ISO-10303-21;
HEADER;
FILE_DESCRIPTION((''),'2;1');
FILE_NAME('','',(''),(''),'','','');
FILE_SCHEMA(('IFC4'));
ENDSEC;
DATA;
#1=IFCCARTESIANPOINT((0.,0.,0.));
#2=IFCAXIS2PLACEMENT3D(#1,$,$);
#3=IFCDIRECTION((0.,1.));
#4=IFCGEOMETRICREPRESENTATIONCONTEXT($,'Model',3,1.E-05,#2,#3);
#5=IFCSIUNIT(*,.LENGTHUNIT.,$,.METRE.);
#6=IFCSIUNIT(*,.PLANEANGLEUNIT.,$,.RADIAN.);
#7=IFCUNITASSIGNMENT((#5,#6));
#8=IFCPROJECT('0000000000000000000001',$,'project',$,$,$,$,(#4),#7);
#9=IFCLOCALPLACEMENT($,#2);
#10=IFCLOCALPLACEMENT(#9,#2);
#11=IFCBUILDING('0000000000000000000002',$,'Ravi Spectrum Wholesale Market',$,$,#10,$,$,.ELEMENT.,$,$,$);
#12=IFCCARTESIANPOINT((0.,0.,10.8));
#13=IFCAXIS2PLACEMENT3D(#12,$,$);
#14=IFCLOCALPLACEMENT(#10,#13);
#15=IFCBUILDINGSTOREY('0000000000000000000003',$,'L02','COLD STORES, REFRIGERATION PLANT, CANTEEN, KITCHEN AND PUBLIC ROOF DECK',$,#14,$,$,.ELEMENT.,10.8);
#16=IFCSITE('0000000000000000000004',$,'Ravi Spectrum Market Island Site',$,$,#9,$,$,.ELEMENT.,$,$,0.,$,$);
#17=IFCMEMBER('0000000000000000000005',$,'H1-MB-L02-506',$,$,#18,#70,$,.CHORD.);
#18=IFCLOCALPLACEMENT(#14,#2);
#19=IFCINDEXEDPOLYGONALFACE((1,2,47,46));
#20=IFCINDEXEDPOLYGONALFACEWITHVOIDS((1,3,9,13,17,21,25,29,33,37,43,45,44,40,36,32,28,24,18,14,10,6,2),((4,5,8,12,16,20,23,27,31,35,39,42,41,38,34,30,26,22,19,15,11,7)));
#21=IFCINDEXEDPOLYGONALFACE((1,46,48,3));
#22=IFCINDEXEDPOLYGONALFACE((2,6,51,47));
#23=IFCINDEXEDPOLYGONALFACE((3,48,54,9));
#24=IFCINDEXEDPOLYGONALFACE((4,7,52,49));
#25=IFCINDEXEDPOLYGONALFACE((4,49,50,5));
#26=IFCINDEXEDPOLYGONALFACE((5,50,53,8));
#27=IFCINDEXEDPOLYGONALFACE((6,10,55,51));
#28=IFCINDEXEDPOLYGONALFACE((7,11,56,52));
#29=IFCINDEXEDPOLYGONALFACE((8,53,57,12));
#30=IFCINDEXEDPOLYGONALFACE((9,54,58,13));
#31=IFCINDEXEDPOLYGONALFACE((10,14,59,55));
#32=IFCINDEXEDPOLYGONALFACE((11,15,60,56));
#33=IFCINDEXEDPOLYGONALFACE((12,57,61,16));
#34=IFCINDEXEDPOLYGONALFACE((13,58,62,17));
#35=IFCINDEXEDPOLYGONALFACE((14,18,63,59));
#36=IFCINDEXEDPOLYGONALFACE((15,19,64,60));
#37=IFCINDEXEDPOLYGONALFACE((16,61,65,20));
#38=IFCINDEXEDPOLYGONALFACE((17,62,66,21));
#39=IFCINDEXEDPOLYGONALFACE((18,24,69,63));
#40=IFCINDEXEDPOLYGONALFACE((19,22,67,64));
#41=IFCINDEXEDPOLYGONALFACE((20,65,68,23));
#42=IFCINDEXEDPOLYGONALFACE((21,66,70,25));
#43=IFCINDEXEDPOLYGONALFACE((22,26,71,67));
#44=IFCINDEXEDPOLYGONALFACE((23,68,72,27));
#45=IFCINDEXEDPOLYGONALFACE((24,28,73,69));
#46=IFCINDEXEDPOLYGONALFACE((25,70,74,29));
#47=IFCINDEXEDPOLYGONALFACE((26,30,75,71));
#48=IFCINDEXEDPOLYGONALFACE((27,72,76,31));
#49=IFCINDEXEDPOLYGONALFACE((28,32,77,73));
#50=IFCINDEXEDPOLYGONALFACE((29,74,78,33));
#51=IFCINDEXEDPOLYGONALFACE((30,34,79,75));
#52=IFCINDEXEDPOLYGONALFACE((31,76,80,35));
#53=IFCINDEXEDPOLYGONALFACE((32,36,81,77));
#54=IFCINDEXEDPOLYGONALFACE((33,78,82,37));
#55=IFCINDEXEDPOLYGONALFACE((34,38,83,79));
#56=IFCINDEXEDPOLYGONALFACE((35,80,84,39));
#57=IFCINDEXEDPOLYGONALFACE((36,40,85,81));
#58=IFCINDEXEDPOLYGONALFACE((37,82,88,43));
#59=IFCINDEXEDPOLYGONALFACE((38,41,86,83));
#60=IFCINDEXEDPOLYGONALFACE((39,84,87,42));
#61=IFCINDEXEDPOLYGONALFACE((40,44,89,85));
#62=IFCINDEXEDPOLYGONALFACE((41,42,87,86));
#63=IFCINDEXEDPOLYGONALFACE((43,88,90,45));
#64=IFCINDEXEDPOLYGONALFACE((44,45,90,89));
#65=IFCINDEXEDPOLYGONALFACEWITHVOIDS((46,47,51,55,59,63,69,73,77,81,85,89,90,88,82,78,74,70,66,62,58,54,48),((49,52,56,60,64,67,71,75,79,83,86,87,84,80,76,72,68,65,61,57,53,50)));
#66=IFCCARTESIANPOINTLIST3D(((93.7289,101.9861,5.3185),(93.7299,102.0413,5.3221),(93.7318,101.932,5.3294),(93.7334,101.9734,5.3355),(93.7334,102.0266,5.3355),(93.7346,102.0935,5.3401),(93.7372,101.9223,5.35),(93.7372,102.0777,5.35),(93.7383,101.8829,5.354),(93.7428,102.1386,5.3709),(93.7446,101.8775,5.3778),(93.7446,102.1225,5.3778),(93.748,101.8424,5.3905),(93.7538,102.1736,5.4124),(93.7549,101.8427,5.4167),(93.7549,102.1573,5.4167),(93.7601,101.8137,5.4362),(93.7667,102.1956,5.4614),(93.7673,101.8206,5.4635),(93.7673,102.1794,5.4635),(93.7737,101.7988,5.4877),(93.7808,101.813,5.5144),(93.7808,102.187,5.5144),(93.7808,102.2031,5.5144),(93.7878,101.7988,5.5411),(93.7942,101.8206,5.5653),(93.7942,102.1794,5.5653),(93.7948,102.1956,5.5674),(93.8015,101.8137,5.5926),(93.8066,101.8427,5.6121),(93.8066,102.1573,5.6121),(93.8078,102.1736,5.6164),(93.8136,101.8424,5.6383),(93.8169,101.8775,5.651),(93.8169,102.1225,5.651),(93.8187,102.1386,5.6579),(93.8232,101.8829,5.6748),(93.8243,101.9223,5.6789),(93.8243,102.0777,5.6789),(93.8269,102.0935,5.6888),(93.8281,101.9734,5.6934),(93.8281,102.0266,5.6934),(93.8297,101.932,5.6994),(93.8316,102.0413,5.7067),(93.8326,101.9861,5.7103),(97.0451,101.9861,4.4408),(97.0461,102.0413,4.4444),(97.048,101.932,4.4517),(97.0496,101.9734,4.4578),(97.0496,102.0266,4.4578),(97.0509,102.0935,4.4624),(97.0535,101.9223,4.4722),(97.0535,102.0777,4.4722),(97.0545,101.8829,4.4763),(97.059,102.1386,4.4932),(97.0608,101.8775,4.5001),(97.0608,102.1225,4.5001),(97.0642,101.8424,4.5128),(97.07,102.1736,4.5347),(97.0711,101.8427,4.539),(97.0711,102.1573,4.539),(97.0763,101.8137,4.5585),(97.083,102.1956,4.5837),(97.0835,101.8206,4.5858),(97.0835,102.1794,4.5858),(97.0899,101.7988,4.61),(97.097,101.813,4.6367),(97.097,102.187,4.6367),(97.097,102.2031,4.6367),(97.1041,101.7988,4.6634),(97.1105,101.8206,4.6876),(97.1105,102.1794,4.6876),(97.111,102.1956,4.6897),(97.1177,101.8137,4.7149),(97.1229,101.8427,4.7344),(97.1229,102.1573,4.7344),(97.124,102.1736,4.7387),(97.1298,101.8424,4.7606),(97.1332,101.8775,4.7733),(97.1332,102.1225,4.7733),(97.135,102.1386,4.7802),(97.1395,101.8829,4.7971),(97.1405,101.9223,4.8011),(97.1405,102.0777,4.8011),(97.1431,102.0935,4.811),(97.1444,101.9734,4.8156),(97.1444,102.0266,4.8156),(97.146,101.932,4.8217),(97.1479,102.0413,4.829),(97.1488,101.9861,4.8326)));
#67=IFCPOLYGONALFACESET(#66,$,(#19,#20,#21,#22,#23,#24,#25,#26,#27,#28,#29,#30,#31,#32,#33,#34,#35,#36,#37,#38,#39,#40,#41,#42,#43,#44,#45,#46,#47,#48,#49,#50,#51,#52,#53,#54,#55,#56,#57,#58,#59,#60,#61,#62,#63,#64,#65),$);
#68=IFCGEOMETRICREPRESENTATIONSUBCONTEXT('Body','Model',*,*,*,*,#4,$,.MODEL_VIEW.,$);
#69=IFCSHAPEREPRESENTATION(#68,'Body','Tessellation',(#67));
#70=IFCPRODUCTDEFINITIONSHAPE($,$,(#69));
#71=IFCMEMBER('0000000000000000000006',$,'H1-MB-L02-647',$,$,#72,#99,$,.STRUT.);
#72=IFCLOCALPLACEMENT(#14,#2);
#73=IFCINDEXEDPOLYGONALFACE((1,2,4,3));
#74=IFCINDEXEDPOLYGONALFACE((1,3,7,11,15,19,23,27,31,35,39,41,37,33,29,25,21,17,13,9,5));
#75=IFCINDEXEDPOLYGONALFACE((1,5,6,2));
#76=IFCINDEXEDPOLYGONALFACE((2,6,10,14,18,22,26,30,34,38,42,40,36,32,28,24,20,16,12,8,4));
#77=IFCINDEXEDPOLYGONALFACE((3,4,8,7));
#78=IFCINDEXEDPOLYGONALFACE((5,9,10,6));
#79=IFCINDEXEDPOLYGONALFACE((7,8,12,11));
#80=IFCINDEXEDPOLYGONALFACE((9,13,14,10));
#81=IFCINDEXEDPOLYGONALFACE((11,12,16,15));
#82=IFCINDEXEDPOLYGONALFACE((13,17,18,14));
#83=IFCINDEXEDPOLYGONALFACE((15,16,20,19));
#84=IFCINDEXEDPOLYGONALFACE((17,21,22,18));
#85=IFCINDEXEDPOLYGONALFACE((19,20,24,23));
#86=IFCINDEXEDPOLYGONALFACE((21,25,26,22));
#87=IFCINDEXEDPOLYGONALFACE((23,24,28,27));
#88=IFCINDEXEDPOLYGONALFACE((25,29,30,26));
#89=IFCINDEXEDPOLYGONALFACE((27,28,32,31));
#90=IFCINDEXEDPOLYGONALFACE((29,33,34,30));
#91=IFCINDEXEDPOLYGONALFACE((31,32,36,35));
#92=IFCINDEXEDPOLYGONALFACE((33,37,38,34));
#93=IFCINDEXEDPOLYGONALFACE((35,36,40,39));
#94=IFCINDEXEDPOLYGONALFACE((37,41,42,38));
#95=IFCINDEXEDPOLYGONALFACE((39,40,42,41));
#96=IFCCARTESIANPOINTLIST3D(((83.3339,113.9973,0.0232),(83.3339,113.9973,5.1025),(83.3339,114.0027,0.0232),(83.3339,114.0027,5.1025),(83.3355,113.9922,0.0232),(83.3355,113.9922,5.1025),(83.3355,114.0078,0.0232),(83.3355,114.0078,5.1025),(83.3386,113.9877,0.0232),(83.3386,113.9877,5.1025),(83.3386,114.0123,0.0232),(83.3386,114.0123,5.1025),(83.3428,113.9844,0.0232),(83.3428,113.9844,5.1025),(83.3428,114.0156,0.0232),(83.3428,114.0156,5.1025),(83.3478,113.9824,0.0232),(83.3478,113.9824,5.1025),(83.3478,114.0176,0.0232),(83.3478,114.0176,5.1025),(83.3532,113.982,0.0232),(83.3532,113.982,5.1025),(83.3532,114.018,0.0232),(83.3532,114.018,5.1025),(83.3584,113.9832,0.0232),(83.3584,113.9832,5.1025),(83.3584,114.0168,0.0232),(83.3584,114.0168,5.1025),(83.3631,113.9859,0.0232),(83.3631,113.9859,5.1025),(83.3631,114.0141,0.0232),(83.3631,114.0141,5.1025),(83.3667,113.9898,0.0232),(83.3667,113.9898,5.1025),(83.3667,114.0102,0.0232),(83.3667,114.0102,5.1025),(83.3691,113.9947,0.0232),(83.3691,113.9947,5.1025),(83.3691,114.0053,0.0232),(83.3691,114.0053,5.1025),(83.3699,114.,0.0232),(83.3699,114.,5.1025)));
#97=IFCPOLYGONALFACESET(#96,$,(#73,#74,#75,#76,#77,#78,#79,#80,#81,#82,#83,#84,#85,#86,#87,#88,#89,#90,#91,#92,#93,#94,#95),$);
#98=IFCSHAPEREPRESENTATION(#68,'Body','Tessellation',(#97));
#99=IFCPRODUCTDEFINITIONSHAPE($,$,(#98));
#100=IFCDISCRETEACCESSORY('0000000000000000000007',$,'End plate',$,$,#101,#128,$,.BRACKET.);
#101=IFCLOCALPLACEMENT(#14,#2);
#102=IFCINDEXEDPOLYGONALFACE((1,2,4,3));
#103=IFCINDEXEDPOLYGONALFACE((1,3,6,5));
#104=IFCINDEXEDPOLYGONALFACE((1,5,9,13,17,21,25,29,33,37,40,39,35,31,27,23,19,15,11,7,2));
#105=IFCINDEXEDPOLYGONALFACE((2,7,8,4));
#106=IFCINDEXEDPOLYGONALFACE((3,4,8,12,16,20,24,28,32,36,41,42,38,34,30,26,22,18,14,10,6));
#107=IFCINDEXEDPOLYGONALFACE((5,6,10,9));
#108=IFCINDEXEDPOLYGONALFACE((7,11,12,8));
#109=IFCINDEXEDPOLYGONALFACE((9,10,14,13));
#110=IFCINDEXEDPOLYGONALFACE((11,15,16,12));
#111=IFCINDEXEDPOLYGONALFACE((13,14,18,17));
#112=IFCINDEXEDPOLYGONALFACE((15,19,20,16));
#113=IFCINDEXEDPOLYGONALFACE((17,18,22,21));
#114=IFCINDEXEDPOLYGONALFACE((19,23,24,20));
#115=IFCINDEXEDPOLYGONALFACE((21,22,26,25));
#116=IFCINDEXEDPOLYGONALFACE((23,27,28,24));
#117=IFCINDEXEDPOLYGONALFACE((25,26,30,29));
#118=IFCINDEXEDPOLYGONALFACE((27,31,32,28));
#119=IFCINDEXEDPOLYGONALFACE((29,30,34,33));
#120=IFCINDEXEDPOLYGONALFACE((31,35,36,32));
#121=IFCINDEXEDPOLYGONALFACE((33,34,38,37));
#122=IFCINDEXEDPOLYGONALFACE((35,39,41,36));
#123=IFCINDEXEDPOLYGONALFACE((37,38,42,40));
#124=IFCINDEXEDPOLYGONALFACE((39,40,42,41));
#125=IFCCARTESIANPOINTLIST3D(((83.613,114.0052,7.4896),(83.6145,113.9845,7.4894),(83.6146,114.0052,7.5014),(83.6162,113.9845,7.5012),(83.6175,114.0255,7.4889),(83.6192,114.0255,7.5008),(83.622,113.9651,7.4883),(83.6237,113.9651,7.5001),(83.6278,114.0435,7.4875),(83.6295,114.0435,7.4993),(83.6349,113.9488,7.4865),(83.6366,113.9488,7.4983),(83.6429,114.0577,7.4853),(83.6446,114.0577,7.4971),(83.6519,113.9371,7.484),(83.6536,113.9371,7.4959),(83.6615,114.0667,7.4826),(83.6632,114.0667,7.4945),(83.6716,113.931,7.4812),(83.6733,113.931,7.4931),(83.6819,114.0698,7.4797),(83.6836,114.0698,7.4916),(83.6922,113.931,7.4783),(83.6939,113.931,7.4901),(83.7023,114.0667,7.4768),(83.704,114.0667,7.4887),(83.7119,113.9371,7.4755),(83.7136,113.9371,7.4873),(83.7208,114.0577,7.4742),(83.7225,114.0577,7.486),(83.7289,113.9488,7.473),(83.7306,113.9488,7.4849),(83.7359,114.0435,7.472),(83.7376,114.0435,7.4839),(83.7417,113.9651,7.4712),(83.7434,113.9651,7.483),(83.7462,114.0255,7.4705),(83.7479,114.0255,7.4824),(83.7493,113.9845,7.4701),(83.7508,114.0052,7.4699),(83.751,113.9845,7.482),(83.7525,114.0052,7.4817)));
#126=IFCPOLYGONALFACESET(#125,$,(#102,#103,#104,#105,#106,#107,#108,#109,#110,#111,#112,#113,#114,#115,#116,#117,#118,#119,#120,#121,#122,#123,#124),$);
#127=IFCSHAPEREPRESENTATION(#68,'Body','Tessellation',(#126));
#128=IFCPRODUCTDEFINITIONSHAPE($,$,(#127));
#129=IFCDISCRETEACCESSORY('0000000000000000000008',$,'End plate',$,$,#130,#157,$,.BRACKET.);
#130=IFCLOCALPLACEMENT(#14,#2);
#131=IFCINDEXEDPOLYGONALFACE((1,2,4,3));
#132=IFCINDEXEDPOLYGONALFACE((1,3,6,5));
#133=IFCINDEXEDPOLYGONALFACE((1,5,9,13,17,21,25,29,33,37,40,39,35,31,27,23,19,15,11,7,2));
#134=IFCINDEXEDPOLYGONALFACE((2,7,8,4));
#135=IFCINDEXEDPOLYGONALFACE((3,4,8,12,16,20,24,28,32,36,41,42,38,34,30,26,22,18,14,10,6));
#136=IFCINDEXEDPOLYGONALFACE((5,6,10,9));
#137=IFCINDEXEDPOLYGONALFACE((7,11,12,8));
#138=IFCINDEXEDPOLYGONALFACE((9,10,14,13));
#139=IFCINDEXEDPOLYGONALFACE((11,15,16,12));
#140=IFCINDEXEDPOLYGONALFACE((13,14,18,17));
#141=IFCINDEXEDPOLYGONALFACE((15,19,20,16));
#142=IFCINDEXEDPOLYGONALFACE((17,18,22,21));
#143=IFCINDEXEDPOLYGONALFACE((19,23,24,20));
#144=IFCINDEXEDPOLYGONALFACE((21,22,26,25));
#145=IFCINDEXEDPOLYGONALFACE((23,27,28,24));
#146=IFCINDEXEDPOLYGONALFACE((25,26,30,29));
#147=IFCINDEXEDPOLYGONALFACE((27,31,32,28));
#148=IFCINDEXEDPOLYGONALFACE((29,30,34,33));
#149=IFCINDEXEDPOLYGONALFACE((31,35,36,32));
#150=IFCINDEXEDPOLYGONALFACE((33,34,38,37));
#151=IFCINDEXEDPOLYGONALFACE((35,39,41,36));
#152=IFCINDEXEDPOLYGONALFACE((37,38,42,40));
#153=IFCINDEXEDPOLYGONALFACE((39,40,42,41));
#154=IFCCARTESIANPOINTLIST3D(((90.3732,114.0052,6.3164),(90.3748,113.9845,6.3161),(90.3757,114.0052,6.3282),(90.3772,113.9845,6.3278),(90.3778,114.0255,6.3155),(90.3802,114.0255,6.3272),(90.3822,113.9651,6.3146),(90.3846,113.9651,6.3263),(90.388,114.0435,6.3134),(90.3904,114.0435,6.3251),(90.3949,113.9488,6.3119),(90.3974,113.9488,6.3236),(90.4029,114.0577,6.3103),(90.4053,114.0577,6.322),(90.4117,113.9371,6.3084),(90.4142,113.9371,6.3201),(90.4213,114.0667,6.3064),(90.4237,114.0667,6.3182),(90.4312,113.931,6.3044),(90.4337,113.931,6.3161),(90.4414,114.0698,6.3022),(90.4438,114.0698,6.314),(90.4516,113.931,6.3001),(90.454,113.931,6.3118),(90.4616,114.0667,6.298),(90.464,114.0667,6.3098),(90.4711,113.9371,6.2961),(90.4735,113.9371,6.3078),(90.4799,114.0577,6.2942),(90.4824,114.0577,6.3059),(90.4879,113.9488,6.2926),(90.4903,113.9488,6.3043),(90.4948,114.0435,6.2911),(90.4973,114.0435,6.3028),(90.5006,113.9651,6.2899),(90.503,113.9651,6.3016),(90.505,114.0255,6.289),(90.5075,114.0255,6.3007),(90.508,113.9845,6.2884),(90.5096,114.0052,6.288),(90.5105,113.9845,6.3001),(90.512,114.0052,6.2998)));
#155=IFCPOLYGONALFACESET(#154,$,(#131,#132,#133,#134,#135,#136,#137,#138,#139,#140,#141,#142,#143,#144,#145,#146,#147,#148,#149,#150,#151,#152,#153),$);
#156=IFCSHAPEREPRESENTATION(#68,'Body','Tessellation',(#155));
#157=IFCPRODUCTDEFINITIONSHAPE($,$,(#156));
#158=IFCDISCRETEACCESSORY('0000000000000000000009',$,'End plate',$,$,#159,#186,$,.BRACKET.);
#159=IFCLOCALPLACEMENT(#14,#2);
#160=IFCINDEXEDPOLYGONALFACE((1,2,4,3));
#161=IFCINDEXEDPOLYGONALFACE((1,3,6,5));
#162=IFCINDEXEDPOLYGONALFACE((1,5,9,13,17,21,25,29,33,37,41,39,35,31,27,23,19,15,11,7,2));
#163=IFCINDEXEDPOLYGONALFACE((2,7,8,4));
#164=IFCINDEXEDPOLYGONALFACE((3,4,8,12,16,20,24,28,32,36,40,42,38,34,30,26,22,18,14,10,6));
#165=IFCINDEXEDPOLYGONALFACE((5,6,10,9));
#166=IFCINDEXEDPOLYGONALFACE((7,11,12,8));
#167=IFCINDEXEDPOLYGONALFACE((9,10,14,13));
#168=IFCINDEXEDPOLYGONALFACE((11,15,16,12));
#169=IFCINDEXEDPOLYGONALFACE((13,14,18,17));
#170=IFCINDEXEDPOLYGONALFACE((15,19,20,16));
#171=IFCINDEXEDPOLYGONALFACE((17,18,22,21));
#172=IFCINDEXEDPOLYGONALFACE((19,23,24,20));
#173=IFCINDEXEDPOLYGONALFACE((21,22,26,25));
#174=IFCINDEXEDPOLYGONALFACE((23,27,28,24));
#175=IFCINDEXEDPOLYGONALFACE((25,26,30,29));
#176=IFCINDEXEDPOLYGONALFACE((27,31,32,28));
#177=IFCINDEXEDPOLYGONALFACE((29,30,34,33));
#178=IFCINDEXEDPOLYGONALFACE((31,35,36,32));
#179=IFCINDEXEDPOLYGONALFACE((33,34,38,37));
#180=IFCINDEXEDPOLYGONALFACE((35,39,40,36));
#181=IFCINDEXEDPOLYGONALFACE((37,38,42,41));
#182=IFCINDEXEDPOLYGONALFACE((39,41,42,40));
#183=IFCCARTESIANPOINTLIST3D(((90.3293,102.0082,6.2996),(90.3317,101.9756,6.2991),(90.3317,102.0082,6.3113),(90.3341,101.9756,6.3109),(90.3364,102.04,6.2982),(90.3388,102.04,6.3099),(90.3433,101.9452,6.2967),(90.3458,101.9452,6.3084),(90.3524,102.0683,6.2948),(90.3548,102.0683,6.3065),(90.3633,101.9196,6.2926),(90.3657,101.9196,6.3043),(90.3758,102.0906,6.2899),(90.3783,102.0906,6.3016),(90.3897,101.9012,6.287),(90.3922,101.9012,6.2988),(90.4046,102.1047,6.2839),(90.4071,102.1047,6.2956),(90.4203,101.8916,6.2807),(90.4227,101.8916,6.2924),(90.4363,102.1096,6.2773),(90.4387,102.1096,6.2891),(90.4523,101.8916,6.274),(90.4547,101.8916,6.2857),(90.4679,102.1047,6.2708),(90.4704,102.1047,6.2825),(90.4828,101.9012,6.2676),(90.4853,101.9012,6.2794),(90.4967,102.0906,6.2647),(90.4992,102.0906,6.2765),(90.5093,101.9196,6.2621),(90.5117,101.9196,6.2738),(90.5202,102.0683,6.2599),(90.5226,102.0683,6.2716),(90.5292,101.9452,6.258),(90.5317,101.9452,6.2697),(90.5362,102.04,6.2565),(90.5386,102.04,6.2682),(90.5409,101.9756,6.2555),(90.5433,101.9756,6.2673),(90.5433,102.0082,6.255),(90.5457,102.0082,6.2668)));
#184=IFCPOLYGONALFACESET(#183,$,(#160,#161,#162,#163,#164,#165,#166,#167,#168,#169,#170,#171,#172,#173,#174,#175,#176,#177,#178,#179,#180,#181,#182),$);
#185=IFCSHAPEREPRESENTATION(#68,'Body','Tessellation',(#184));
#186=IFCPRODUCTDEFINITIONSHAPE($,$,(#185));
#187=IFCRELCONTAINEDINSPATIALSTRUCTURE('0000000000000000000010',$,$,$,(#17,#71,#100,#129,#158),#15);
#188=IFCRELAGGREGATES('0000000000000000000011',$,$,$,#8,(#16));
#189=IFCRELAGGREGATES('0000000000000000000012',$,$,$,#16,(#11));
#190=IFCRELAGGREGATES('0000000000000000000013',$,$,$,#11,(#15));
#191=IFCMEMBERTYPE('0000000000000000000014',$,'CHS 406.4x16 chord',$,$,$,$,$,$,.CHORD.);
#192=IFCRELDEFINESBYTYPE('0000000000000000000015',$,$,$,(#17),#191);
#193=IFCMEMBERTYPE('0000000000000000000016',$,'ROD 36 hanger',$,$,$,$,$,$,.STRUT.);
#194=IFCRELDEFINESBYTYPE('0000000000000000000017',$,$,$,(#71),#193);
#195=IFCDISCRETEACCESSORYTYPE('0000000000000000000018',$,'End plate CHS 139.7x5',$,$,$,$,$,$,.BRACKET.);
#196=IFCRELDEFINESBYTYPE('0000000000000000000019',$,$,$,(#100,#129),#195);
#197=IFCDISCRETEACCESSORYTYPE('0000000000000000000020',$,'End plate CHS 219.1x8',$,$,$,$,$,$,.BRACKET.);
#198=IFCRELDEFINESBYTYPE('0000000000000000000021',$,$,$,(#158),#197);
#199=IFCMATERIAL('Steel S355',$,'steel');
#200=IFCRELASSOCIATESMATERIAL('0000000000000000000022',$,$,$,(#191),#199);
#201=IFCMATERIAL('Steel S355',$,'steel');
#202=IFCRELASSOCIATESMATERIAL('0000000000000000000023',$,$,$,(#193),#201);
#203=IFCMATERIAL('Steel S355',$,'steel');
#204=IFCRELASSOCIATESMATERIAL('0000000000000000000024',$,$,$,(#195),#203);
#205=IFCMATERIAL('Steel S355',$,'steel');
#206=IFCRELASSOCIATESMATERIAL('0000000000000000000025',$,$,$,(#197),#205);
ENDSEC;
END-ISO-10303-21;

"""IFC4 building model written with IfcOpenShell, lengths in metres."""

from ifc_helpers import new_model, si_unit, direction, frame, origin, origin_2d, place, context, subcontext, project, spatial, circle, hollow_circle, extrude, material, material_profile, profile_set, type_object, element, save


model = new_model("IFC4")

# Units and contexts
model_context = context("Model", 3, precision=1e-05, world=origin(), true_north=direction((0.0, 1.0)))
body_context = subcontext(model_context, "Body", "Model", "MODEL_VIEW")
ifc_project = project(units=[si_unit("LENGTHUNIT", "METRE"), si_unit("PLANEANGLEUNIT", "RADIAN")], contexts=[model_context])

# Site, building, storey
site_placement = place(None, origin())
site = spatial("IfcSite", under=ifc_project, at=site_placement, Name="Ravi Spectrum Market Island Site", CompositionType="ELEMENT", RefElevation=0.0)
building_placement = place(site_placement, origin())
building = spatial("IfcBuilding", under=site, at=building_placement, Name="Ravi Spectrum Wholesale Market", CompositionType="ELEMENT")
storey_placement = place(building_placement, frame((0.0, 0.0, 10.8)))
storey = spatial("IfcBuildingStorey", under=building, at=storey_placement, Name="L02", Description="COLD STORES, REFRIGERATION PLANT, CANTEEN, KITCHEN AND PUBLIC ROOF DECK", CompositionType="ELEMENT", Elevation=10.8)

# Members
ifc_material_1 = material(Name="Steel S355", Category="steel")
ifc_material_profile_1 = material_profile(ifc_material_1, hollow_circle(Radius=0.2031, WallThickness=0.0161, at=origin_2d()))
ifc_profile_set_1 = profile_set([ifc_material_profile_1], Name="Steel S355")
member_type_1 = type_object("IfcMemberType", Name="CHS 406.4x16 chord", PredefinedType="CHORD", material=ifc_profile_set_1)
member_1_placement = place(storey_placement, frame((93.7808, 102.0, 5.5144), z_axis=(0.966714, 0.0, -0.255859), x_axis=(0.0, 1.0, 0.0)))
element("IfcMember", 1, at=member_1_placement, inside=storey, type_object=member_type_1, Name="H1-MB-L02-506", PredefinedType="CHORD", context=body_context, shape_type="SweptSolid", body=[
    extrude(hollow_circle(Radius=0.2031, WallThickness=0.0161, at=origin_2d()), origin(), (0.0, 0.0, 1.0), 3.4304),
])
ifc_material_2 = material(Name="Steel S355", Category="steel")
ifc_material_profile_2 = material_profile(ifc_material_2, circle(Radius=0.0181, at=origin_2d()))
ifc_profile_set_2 = profile_set([ifc_material_profile_2], Name="Steel S355")
member_type_2 = type_object("IfcMemberType", Name="ROD 36 hanger", PredefinedType="STRUT", material=ifc_profile_set_2)
member_2_placement = place(storey_placement, frame((83.3518, 114.0, 0.0232), z_axis=(0.0, 0.0, 1.0), x_axis=(1.0, 0.0, 0.0)))
element("IfcMember", 2, at=member_2_placement, inside=storey, type_object=member_type_2, Name="H1-MB-L02-647", PredefinedType="STRUT", context=body_context, shape_type="SweptSolid", body=[
    extrude(circle(Radius=0.0181, at=origin_2d()), origin(), (0.0, 0.0, 1.0), 5.0793),
])

# Discrete accessories
ifc_material_3 = material(Name="Steel S355", Category="steel")
ifc_material_profile_3 = material_profile(ifc_material_3, circle(Radius=0.0698, at=origin_2d()))
ifc_profile_set_3 = profile_set([ifc_material_profile_3], Name="Steel S355")
discrete_accessory_type_1 = type_object("IfcDiscreteAccessoryType", Name="End plate CHS 139.7x5", PredefinedType="BRACKET", material=ifc_profile_set_3)
for number, where, z_axis, x_axis, name in (
    (3, (83.6819, 114.0, 7.4797), (0.141421, 0.0, 0.989949), (0.0, 1.0, 0.0), "End plate"),
    (4, (90.4414, 114.0, 6.3022), (0.203954, 0.0, 0.97898), (0.0, 1.0, 0.0), "End plate"),
):
    element("IfcDiscreteAccessory", number, at=place(storey_placement, frame(where, z_axis=z_axis, x_axis=x_axis)), inside=storey, type_object=discrete_accessory_type_1, Name=name, PredefinedType="BRACKET", context=body_context, shape_type="SweptSolid", body=[
        extrude(circle(Radius=0.0698, at=origin_2d()), origin(), (0.0, 0.0, 1.0), 0.012),
    ])
ifc_material_4 = material(Name="Steel S355", Category="steel")
ifc_material_profile_4 = material_profile(ifc_material_4, circle(Radius=0.1096, at=origin_2d()))
ifc_profile_set_4 = profile_set([ifc_material_profile_4], Name="Steel S355")
discrete_accessory_type_2 = type_object("IfcDiscreteAccessoryType", Name="End plate CHS 219.1x8", PredefinedType="BRACKET", material=ifc_profile_set_4)
for number, where, z_axis, x_axis, name in (
    (5, (90.4363, 102.0, 6.2773), (0.203954, 0.0, 0.97898), (0.0, 1.0, 0.0), "End plate"),
):
    element("IfcDiscreteAccessory", number, at=place(storey_placement, frame(where, z_axis=z_axis, x_axis=x_axis)), inside=storey, type_object=discrete_accessory_type_2, Name=name, PredefinedType="BRACKET", context=body_context, shape_type="SweptSolid", body=[
        extrude(circle(Radius=0.1096, at=origin_2d()), origin(), (0.0, 0.0, 1.0), 0.012),
    ])

save(model, "model.ifc")
